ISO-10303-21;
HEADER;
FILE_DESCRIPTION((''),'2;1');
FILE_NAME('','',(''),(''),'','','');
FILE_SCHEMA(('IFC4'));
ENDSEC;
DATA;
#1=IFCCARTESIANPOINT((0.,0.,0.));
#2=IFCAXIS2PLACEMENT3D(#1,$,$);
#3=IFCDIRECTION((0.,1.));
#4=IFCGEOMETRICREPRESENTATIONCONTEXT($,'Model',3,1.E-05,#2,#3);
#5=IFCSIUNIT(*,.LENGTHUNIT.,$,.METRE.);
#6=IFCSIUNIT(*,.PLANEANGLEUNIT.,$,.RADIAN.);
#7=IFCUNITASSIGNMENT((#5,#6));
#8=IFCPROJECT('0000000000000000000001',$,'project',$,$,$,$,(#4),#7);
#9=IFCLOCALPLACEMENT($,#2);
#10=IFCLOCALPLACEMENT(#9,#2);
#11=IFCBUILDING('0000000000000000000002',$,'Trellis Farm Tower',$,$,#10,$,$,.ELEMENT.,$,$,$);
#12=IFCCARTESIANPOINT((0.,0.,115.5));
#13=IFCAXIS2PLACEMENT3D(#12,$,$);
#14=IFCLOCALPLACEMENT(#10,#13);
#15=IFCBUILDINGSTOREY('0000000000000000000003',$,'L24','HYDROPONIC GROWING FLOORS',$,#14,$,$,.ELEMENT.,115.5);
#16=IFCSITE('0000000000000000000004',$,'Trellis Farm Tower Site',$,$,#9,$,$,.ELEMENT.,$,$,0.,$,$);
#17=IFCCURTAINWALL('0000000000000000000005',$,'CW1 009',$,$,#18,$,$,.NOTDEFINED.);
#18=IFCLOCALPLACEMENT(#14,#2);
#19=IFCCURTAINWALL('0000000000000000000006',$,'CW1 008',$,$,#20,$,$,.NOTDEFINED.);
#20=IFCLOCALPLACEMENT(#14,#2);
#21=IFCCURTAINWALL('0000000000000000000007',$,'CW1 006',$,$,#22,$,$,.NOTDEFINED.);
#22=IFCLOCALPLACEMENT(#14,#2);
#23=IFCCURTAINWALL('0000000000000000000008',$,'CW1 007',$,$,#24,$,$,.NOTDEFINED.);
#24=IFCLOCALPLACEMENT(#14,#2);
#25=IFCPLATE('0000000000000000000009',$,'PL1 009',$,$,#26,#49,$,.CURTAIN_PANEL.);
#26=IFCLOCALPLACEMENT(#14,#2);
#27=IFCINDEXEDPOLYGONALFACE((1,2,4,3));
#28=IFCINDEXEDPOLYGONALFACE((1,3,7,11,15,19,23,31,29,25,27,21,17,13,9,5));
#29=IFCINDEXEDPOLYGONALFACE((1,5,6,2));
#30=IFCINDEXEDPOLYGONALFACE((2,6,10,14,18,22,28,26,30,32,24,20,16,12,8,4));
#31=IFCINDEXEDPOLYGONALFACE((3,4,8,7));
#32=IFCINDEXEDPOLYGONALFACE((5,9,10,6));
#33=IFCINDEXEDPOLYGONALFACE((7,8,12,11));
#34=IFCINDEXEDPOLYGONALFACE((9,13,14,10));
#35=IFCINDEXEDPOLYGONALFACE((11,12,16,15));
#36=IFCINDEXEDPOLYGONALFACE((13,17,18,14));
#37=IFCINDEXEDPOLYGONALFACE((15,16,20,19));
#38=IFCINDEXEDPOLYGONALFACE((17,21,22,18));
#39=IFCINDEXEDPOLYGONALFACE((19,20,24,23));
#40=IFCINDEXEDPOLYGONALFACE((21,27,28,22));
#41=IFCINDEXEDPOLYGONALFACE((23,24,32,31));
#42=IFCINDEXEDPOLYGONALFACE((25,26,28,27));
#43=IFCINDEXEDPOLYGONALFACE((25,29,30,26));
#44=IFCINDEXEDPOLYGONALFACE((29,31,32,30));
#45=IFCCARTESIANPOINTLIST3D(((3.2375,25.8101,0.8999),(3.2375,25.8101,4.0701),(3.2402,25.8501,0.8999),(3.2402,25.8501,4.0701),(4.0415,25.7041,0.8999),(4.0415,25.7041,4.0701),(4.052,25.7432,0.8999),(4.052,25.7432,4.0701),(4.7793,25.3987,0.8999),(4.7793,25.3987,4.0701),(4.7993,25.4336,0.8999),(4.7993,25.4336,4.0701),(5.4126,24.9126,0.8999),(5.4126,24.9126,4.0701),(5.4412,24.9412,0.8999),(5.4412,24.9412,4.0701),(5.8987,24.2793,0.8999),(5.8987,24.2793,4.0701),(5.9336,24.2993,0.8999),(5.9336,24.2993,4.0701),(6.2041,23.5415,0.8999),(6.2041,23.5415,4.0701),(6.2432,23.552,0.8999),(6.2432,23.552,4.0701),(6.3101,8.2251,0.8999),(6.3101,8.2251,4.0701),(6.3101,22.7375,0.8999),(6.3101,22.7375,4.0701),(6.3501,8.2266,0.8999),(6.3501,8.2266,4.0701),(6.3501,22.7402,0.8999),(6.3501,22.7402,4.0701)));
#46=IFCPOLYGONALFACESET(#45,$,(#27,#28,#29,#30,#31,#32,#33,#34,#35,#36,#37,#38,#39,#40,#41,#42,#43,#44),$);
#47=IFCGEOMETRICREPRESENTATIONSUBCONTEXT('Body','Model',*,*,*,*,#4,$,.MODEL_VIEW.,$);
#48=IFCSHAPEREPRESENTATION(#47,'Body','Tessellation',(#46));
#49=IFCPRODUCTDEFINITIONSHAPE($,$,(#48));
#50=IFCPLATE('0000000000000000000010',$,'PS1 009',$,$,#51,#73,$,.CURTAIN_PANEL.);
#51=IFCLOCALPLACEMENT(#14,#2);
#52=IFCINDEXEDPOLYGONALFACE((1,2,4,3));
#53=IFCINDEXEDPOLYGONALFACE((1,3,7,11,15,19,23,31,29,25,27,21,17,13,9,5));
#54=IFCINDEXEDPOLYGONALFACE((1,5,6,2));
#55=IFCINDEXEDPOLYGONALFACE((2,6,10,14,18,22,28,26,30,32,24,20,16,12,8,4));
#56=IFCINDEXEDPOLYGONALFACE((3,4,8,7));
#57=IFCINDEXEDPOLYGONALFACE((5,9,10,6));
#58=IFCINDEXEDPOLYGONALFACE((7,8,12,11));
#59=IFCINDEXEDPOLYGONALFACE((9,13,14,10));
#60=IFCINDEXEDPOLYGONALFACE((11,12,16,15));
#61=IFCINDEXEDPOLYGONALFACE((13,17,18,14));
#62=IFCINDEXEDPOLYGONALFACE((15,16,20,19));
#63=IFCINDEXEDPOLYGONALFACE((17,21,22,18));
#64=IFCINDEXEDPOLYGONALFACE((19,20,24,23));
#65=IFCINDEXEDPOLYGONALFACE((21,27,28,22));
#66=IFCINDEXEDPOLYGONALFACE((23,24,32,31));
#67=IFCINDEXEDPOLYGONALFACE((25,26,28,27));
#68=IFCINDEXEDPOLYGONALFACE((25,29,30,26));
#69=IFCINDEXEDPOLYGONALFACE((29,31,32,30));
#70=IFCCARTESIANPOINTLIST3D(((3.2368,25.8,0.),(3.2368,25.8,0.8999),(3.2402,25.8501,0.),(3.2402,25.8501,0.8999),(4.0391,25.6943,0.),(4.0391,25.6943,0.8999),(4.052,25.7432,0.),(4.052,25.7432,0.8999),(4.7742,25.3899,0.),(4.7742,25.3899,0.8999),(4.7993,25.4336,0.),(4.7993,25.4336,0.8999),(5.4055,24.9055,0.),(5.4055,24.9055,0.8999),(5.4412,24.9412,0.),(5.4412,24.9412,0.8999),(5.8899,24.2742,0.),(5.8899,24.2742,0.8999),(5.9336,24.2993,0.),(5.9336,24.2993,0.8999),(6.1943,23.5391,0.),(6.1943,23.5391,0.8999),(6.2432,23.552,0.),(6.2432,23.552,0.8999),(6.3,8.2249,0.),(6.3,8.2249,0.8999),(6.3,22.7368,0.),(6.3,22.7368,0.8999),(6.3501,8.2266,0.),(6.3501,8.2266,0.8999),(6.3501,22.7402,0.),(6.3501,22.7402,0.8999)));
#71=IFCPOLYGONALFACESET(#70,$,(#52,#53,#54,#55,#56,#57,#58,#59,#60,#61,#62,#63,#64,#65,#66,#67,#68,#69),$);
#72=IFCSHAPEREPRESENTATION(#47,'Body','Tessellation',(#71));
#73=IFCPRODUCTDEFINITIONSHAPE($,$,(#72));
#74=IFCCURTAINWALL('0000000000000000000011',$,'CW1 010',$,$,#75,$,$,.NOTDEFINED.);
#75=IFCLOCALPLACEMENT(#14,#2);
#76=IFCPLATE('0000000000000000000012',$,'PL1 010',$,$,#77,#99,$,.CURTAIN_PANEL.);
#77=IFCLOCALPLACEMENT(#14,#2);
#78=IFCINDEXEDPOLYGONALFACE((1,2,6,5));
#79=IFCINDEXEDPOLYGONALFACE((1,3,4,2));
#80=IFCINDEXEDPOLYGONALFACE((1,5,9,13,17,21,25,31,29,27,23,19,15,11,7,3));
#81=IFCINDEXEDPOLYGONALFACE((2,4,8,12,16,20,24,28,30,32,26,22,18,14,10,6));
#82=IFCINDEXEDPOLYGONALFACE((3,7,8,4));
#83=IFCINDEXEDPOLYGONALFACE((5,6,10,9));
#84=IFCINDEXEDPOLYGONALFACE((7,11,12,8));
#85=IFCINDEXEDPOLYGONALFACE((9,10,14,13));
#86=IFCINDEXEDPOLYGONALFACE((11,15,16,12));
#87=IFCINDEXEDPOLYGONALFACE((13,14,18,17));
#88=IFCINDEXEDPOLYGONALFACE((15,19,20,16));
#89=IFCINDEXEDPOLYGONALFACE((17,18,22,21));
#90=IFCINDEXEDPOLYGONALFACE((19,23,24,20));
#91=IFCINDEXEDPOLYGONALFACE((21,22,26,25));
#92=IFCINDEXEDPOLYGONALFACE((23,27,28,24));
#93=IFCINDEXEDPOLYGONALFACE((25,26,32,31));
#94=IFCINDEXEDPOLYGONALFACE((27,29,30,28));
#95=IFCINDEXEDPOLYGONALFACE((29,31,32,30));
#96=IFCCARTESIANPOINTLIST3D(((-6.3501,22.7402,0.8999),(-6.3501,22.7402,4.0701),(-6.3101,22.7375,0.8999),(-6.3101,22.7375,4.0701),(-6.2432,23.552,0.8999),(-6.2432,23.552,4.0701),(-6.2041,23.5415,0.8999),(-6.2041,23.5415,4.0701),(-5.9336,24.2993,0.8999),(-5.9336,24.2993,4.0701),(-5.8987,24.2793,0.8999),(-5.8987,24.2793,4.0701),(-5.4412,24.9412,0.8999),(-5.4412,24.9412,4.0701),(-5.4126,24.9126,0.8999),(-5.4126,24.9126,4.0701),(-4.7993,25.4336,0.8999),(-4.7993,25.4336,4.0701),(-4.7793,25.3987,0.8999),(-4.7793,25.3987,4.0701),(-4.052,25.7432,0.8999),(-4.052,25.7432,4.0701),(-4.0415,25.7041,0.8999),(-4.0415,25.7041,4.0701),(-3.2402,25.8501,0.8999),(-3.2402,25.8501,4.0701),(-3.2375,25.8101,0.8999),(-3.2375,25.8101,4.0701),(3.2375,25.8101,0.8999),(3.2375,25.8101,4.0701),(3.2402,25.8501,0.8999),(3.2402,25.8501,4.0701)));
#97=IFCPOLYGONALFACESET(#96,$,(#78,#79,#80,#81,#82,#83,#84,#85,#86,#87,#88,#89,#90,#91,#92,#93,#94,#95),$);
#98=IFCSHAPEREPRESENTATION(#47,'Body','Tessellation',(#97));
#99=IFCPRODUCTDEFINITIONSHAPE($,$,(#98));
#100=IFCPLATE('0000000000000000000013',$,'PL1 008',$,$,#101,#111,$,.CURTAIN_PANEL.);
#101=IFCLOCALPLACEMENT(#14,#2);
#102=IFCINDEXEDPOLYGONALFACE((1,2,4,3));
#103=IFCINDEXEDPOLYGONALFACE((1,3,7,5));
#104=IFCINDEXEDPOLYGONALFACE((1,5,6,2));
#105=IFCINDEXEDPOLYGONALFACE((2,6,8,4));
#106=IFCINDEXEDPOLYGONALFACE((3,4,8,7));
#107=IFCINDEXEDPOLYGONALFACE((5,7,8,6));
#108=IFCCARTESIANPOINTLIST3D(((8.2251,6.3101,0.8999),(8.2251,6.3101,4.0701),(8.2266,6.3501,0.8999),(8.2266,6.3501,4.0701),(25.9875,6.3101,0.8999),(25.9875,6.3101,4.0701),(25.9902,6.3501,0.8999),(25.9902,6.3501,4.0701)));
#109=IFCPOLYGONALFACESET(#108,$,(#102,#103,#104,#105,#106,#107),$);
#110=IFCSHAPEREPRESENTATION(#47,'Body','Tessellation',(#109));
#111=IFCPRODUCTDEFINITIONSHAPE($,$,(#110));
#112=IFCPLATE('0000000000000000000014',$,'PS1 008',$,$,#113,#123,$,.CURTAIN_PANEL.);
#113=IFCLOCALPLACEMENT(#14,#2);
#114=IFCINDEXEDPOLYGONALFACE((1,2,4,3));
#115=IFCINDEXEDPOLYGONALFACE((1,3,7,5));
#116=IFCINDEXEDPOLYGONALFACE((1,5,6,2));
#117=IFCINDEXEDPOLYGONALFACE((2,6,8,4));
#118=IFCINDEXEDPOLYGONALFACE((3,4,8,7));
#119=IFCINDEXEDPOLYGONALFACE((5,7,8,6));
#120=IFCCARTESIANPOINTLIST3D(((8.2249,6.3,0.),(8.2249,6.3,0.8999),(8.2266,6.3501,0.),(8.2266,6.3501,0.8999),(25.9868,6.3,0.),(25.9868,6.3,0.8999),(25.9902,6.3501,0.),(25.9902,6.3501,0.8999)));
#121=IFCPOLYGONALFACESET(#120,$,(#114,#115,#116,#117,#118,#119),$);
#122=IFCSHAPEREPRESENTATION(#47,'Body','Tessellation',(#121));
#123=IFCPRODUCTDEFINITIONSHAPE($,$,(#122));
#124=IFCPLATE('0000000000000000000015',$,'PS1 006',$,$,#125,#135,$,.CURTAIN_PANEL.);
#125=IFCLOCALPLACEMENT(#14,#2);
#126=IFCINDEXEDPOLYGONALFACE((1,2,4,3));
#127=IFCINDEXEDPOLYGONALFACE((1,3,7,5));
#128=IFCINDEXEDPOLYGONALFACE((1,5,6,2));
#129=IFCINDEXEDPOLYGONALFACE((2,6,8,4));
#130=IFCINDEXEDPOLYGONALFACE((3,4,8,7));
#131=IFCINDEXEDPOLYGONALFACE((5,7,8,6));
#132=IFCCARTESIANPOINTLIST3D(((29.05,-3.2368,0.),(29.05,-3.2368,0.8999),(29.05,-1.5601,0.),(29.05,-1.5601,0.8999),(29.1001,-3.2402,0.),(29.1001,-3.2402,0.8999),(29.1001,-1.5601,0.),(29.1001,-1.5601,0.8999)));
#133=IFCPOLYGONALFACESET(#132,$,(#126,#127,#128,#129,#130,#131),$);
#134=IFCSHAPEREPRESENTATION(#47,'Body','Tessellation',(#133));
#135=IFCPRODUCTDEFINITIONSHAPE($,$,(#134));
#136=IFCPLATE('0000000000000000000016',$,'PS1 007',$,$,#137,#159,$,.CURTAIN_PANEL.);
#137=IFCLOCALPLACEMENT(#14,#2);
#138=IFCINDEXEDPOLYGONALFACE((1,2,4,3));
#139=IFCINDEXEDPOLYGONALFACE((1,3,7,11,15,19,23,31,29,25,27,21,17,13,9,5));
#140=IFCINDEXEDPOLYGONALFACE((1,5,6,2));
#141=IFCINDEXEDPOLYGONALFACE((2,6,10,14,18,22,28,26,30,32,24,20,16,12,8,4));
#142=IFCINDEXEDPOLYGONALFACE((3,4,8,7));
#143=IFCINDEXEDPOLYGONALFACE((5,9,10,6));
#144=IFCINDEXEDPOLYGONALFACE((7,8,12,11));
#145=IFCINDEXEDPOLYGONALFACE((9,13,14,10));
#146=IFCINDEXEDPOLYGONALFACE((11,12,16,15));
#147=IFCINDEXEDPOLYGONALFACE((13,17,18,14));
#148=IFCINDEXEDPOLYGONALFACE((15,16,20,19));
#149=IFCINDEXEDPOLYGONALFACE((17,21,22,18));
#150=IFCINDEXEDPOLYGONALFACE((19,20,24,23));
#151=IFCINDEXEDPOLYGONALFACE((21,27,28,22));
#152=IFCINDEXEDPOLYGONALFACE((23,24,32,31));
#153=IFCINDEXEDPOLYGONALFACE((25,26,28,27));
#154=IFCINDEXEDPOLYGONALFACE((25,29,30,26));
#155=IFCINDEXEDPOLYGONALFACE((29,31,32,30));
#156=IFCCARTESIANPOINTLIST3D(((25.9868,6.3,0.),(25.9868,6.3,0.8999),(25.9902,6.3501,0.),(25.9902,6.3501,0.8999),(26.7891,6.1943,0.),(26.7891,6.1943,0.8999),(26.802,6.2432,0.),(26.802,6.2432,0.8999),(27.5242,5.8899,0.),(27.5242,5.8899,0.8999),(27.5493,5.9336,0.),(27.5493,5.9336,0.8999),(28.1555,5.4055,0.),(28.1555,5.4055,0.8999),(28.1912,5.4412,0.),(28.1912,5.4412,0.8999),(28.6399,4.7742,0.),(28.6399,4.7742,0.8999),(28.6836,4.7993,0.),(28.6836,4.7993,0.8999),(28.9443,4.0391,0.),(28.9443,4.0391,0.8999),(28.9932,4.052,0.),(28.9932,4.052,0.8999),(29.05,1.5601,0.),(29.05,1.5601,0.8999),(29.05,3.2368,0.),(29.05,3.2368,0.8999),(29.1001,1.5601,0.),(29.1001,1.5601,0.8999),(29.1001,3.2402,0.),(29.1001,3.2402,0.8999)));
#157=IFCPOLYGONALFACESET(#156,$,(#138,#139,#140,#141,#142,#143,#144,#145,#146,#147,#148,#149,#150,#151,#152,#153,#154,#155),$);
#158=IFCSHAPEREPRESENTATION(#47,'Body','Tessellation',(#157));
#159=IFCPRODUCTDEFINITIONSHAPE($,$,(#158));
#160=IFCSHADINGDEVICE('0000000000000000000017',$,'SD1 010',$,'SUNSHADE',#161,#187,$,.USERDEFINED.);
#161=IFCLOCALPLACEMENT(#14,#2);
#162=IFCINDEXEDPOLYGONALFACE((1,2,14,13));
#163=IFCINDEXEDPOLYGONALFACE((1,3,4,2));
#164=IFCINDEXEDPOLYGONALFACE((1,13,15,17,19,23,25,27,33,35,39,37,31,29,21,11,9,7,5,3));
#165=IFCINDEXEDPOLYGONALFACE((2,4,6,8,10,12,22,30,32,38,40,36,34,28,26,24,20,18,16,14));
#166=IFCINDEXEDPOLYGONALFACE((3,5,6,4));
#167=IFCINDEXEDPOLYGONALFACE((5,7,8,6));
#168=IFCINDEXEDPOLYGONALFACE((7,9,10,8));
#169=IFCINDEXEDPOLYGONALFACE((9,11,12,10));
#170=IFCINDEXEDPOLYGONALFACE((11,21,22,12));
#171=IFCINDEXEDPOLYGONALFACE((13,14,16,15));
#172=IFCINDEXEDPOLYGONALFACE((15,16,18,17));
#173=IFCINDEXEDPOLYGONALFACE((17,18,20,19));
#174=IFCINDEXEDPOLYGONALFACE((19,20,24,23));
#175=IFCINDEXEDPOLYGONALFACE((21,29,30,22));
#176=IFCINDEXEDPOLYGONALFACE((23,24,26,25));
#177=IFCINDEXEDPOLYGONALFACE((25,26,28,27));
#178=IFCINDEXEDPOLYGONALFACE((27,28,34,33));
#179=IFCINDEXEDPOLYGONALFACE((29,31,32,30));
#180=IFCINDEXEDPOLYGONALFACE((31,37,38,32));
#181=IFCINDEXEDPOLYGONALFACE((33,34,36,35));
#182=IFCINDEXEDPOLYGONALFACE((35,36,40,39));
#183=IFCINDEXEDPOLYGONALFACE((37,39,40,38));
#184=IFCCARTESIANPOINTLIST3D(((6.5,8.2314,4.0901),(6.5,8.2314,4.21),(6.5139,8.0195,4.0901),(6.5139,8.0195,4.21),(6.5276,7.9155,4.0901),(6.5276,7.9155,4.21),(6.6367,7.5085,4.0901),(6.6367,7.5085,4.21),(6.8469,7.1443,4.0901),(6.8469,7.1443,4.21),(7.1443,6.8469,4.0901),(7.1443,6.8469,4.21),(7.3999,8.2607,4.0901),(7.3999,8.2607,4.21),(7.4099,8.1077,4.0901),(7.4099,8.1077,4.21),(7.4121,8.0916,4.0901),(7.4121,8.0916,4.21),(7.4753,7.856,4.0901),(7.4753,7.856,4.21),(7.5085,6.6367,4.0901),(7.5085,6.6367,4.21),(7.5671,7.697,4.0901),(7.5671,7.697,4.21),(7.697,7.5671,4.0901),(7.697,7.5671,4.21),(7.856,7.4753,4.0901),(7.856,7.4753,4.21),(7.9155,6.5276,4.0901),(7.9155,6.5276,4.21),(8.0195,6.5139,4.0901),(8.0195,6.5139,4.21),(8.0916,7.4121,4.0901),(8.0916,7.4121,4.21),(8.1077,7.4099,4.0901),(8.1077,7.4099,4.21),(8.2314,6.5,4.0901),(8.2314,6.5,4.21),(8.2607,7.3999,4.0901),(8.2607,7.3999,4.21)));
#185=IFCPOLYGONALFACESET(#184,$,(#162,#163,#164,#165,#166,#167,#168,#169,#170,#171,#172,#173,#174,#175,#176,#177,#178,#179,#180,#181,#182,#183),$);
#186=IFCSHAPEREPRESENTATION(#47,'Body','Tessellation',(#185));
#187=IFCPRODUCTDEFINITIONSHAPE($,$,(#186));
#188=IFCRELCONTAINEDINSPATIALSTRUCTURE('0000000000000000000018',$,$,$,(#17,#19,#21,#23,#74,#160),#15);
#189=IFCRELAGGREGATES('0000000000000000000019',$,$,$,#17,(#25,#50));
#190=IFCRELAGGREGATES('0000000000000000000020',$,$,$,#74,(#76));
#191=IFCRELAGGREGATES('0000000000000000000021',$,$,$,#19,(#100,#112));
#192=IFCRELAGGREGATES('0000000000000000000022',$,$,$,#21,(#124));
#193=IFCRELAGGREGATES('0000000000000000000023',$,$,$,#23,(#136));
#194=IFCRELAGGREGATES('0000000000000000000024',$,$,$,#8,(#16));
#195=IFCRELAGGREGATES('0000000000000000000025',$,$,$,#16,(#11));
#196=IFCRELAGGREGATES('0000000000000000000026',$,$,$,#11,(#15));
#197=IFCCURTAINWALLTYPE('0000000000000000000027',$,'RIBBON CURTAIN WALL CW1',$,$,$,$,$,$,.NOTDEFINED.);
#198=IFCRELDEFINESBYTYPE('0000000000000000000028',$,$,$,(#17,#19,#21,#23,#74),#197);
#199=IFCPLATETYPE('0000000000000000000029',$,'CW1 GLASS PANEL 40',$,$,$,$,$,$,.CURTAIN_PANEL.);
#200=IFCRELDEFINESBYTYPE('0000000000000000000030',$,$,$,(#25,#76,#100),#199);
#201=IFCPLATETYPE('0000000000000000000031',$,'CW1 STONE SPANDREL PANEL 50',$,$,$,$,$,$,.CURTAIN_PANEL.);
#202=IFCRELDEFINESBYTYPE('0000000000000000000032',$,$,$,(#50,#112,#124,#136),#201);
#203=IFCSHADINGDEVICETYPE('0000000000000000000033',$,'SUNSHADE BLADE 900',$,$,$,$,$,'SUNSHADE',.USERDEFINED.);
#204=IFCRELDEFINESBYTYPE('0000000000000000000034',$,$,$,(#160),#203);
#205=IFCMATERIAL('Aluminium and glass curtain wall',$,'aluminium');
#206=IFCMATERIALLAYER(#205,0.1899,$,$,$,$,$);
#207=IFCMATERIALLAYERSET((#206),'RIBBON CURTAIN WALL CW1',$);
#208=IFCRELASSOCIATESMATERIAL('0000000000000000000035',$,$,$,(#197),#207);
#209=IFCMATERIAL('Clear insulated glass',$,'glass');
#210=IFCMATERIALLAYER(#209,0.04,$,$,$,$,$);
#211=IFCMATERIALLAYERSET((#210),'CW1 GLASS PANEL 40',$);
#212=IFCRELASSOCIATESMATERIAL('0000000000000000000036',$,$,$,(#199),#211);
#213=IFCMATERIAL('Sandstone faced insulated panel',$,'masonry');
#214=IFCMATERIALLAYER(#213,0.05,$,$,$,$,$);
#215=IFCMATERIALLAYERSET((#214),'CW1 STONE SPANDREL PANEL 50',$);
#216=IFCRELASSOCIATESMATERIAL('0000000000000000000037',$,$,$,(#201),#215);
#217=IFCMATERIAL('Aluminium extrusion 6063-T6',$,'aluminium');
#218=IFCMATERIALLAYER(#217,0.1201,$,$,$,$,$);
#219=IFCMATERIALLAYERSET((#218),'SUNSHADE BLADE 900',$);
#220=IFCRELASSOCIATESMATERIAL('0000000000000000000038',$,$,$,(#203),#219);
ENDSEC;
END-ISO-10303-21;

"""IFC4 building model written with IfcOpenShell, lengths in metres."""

from ifc_helpers import new_model, si_unit, direction, frame, origin, place, context, subcontext, project, spatial, polyline, outline, extrude, source, transform, mapped, material, layer, layer_set, type_object, element, aggregate, save


model = new_model("IFC4")

# Units and contexts
model_context = context("Model", 3, precision=1e-05, world=origin(), true_north=direction((0.0, 1.0)))
body_context = subcontext(model_context, "Body", "Model", "MODEL_VIEW")
ifc_project = project(units=[si_unit("LENGTHUNIT", "METRE"), si_unit("PLANEANGLEUNIT", "RADIAN")], contexts=[model_context])

# Site, building, storey
site_placement = place(None, origin())
site = spatial("IfcSite", under=ifc_project, at=site_placement, Name="Trellis Farm Tower Site", CompositionType="ELEMENT", RefElevation=0.0)
building_placement = place(site_placement, origin())
building = spatial("IfcBuilding", under=site, at=building_placement, Name="Trellis Farm Tower", CompositionType="ELEMENT")
storey_placement = place(building_placement, frame((0.0, 0.0, 115.5)))
storey = spatial("IfcBuildingStorey", under=building, at=storey_placement, Name="L24", Description="HYDROPONIC GROWING FLOORS", CompositionType="ELEMENT", Elevation=115.5)

# Curtain walls
ifc_material_1 = material(Name="Aluminium and glass curtain wall", Category="aluminium")
placement_1 = place(storey_placement, origin())
ifc_material_2 = material(Name="Aluminium extrusion 6063-T6", Category="aluminium")
ifc_layer_1 = layer(ifc_material_1, 0.1899)
ifc_layer_set_1 = layer_set([ifc_layer_1], Name="RIBBON CURTAIN WALL CW1")
curtain_wall_type_1 = type_object("IfcCurtainWallType", Name="RIBBON CURTAIN WALL CW1", PredefinedType="NOTDEFINED", material=ifc_layer_set_1)
curtain_wall_1 = element("IfcCurtainWall", 1, at=placement_1, inside=storey, type_object=curtain_wall_type_1, Name="CW1 009", PredefinedType="NOTDEFINED")
curtain_wall_2 = element("IfcCurtainWall", 2, at=placement_1, inside=storey, type_object=curtain_wall_type_1, Name="CW1 008", PredefinedType="NOTDEFINED")
curtain_wall_3 = element("IfcCurtainWall", 3, at=placement_1, inside=storey, type_object=curtain_wall_type_1, Name="CW1 006", PredefinedType="NOTDEFINED")
curtain_wall_4 = element("IfcCurtainWall", 4, at=placement_1, inside=storey, type_object=curtain_wall_type_1, Name="CW1 007", PredefinedType="NOTDEFINED")

# Plates
ifc_material_3 = material(Name="Clear insulated glass", Category="glass")
ifc_layer_2 = layer(ifc_material_3, 0.04)
ifc_layer_set_2 = layer_set([ifc_layer_2], Name="CW1 GLASS PANEL 40")
plate_type_1 = type_object("IfcPlateType", Name="CW1 GLASS PANEL 40", PredefinedType="CURTAIN_PANEL", material=ifc_layer_set_2)
placement_2 = place(storey_placement, frame((0.0, 0.0, 0.8999)))
shared_shape_1 = source(origin(), body_context, "Body", "SweptSolid", [
    extrude(outline(polyline([(6.3501, 8.2266), (6.3501, 22.7402), (6.2432, 23.552), (5.9336, 24.2993), (5.4412, 24.9412), (4.7993, 25.4336), (4.052, 25.7432), (3.2402, 25.8501), (3.2375, 25.8101), (4.0415, 25.7041), (4.7793, 25.3987), (5.4126, 24.9126), (5.8987, 24.2793), (6.2041, 23.5415), (6.3101, 22.7375), (6.3101, 8.2251), (6.3501, 8.2266)])), origin(), (0.0, 0.0, 1.0), 3.1702),
])
plate_1 = element("IfcPlate", 5, at=placement_2, type_object=plate_type_1, Name="PL1 009", PredefinedType="CURTAIN_PANEL", context=body_context, shape_type="MappedRepresentation", body=[
    mapped(shared_shape_1, transform((0.0, 0.0, 0.0))),
])
ifc_material_4 = material(Name="Sandstone faced insulated panel", Category="masonry")
ifc_layer_3 = layer(ifc_material_4, 0.05)
ifc_layer_set_3 = layer_set([ifc_layer_3], Name="CW1 STONE SPANDREL PANEL 50")
plate_type_2 = type_object("IfcPlateType", Name="CW1 STONE SPANDREL PANEL 50", PredefinedType="CURTAIN_PANEL", material=ifc_layer_set_3)
shared_shape_2 = source(origin(), body_context, "Body", "SweptSolid", [
    extrude(outline(polyline([(6.3501, 8.2266), (6.3501, 22.7402), (6.2432, 23.552), (5.9336, 24.2993), (5.4412, 24.9412), (4.7993, 25.4336), (4.052, 25.7432), (3.2402, 25.8501), (3.2368, 25.8), (4.0391, 25.6943), (4.7742, 25.3899), (5.4055, 24.9055), (5.8899, 24.2742), (6.1943, 23.5391), (6.3, 22.7368), (6.3, 8.2249), (6.3501, 8.2266)])), origin(), (0.0, 0.0, 1.0), 0.8999),
])
plate_2 = element("IfcPlate", 6, at=placement_1, type_object=plate_type_2, Name="PS1 009", PredefinedType="CURTAIN_PANEL", context=body_context, shape_type="MappedRepresentation", body=[
    mapped(shared_shape_2, transform((0.0, 0.0, 0.0))),
])
aggregate(curtain_wall_1, [plate_1, plate_2])

# Curtain wall, plate
curtain_wall_5 = element("IfcCurtainWall", 7, at=placement_1, inside=storey, type_object=curtain_wall_type_1, Name="CW1 010", PredefinedType="NOTDEFINED")
shared_shape_3 = source(origin(), body_context, "Body", "SweptSolid", [
    extrude(outline(polyline([(3.2402, 25.8501), (-3.2402, 25.8501), (-4.052, 25.7432), (-4.7993, 25.4336), (-5.4412, 24.9412), (-5.9336, 24.2993), (-6.2432, 23.552), (-6.3501, 22.7402), (-6.3101, 22.7375), (-6.2041, 23.5415), (-5.8987, 24.2793), (-5.4126, 24.9126), (-4.7793, 25.3987), (-4.0415, 25.7041), (-3.2375, 25.8101), (3.2375, 25.8101), (3.2402, 25.8501)])), origin(), (0.0, 0.0, 1.0), 3.1702),
])
plate_3 = element("IfcPlate", 8, at=placement_2, type_object=plate_type_1, Name="PL1 010", PredefinedType="CURTAIN_PANEL", context=body_context, shape_type="MappedRepresentation", body=[
    mapped(shared_shape_3, transform((0.0, 0.0, 0.0))),
])
aggregate(curtain_wall_5, [plate_3])

# Plates
shared_shape_4 = source(origin(), body_context, "Body", "SweptSolid", [
    extrude(outline(polyline([(25.9902, 6.3501), (8.2266, 6.3501), (8.2251, 6.3101), (25.9875, 6.3101), (25.9902, 6.3501)])), origin(), (0.0, 0.0, 1.0), 3.1702),
])
plate_4 = element("IfcPlate", 9, at=placement_2, type_object=plate_type_1, Name="PL1 008", PredefinedType="CURTAIN_PANEL", context=body_context, shape_type="MappedRepresentation", body=[
    mapped(shared_shape_4, transform((0.0, 0.0, 0.0))),
])
shared_shape_5 = source(origin(), body_context, "Body", "SweptSolid", [
    extrude(outline(polyline([(25.9902, 6.3501), (8.2266, 6.3501), (8.2249, 6.3), (25.9868, 6.3), (25.9902, 6.3501)])), origin(), (0.0, 0.0, 1.0), 0.8999),
])
plate_5 = element("IfcPlate", 10, at=placement_1, type_object=plate_type_2, Name="PS1 008", PredefinedType="CURTAIN_PANEL", context=body_context, shape_type="MappedRepresentation", body=[
    mapped(shared_shape_5, transform((0.0, 0.0, 0.0))),
])
aggregate(curtain_wall_2, [plate_4, plate_5])
shared_shape_6 = source(origin(), body_context, "Body", "SweptSolid", [
    extrude(outline(polyline([(29.1001, -3.2402), (29.1001, -1.5601), (29.05, -1.5601), (29.05, -3.2368), (29.1001, -3.2402)])), origin(), (0.0, 0.0, 1.0), 0.8999),
])
plate_6 = element("IfcPlate", 11, at=placement_1, type_object=plate_type_2, Name="PS1 006", PredefinedType="CURTAIN_PANEL", context=body_context, shape_type="MappedRepresentation", body=[
    mapped(shared_shape_6, transform((0.0, 0.0, 0.0))),
])
aggregate(curtain_wall_3, [plate_6])
shared_shape_7 = source(origin(), body_context, "Body", "SweptSolid", [
    extrude(outline(polyline([(29.1001, 1.5601), (29.1001, 3.2402), (28.9932, 4.052), (28.6836, 4.7993), (28.1912, 5.4412), (27.5493, 5.9336), (26.802, 6.2432), (25.9902, 6.3501), (25.9868, 6.3), (26.7891, 6.1943), (27.5242, 5.8899), (28.1555, 5.4055), (28.6399, 4.7742), (28.9443, 4.0391), (29.05, 3.2368), (29.05, 1.5601), (29.1001, 1.5601)])), origin(), (0.0, 0.0, 1.0), 0.8999),
])
plate_7 = element("IfcPlate", 12, at=placement_1, type_object=plate_type_2, Name="PS1 007", PredefinedType="CURTAIN_PANEL", context=body_context, shape_type="MappedRepresentation", body=[
    mapped(shared_shape_7, transform((0.0, 0.0, 0.0))),
])
aggregate(curtain_wall_4, [plate_7])

# Shading device
ifc_layer_4 = layer(ifc_material_2, 0.1201)
ifc_layer_set_4 = layer_set([ifc_layer_4], Name="SUNSHADE BLADE 900")
shading_device_type_1 = type_object("IfcShadingDeviceType", Name="SUNSHADE BLADE 900", ElementType="SUNSHADE", PredefinedType="USERDEFINED", material=ifc_layer_set_4)
shared_shape_8 = source(origin(), body_context, "Body", "SweptSolid", [
    extrude(outline(polyline([(8.2607, 7.3999), (8.1077, 7.4099), (8.0916, 7.4121), (7.856, 7.4753), (7.697, 7.5671), (7.5671, 7.697), (7.4753, 7.856), (7.4121, 8.0916), (7.4099, 8.1077), (7.3999, 8.2607), (6.5, 8.2314), (6.5139, 8.0195), (6.5276, 7.9155), (6.6367, 7.5085), (6.8469, 7.1443), (7.1443, 6.8469), (7.5085, 6.6367), (7.9155, 6.5276), (8.0195, 6.5139), (8.2314, 6.5), (8.2607, 7.3999)])), origin(), (0.0, 0.0, 1.0), 0.1199),
])
placement_3 = place(storey_placement, frame((0.0, 0.0, 4.0901)))
element("IfcShadingDevice", 13, at=placement_3, inside=storey, type_object=shading_device_type_1, Name="SD1 010", ObjectType="SUNSHADE", PredefinedType="USERDEFINED", context=body_context, shape_type="MappedRepresentation", body=[
    mapped(shared_shape_8, transform((0.0, 0.0, 0.0))),
])

save(model, "model.ifc")
